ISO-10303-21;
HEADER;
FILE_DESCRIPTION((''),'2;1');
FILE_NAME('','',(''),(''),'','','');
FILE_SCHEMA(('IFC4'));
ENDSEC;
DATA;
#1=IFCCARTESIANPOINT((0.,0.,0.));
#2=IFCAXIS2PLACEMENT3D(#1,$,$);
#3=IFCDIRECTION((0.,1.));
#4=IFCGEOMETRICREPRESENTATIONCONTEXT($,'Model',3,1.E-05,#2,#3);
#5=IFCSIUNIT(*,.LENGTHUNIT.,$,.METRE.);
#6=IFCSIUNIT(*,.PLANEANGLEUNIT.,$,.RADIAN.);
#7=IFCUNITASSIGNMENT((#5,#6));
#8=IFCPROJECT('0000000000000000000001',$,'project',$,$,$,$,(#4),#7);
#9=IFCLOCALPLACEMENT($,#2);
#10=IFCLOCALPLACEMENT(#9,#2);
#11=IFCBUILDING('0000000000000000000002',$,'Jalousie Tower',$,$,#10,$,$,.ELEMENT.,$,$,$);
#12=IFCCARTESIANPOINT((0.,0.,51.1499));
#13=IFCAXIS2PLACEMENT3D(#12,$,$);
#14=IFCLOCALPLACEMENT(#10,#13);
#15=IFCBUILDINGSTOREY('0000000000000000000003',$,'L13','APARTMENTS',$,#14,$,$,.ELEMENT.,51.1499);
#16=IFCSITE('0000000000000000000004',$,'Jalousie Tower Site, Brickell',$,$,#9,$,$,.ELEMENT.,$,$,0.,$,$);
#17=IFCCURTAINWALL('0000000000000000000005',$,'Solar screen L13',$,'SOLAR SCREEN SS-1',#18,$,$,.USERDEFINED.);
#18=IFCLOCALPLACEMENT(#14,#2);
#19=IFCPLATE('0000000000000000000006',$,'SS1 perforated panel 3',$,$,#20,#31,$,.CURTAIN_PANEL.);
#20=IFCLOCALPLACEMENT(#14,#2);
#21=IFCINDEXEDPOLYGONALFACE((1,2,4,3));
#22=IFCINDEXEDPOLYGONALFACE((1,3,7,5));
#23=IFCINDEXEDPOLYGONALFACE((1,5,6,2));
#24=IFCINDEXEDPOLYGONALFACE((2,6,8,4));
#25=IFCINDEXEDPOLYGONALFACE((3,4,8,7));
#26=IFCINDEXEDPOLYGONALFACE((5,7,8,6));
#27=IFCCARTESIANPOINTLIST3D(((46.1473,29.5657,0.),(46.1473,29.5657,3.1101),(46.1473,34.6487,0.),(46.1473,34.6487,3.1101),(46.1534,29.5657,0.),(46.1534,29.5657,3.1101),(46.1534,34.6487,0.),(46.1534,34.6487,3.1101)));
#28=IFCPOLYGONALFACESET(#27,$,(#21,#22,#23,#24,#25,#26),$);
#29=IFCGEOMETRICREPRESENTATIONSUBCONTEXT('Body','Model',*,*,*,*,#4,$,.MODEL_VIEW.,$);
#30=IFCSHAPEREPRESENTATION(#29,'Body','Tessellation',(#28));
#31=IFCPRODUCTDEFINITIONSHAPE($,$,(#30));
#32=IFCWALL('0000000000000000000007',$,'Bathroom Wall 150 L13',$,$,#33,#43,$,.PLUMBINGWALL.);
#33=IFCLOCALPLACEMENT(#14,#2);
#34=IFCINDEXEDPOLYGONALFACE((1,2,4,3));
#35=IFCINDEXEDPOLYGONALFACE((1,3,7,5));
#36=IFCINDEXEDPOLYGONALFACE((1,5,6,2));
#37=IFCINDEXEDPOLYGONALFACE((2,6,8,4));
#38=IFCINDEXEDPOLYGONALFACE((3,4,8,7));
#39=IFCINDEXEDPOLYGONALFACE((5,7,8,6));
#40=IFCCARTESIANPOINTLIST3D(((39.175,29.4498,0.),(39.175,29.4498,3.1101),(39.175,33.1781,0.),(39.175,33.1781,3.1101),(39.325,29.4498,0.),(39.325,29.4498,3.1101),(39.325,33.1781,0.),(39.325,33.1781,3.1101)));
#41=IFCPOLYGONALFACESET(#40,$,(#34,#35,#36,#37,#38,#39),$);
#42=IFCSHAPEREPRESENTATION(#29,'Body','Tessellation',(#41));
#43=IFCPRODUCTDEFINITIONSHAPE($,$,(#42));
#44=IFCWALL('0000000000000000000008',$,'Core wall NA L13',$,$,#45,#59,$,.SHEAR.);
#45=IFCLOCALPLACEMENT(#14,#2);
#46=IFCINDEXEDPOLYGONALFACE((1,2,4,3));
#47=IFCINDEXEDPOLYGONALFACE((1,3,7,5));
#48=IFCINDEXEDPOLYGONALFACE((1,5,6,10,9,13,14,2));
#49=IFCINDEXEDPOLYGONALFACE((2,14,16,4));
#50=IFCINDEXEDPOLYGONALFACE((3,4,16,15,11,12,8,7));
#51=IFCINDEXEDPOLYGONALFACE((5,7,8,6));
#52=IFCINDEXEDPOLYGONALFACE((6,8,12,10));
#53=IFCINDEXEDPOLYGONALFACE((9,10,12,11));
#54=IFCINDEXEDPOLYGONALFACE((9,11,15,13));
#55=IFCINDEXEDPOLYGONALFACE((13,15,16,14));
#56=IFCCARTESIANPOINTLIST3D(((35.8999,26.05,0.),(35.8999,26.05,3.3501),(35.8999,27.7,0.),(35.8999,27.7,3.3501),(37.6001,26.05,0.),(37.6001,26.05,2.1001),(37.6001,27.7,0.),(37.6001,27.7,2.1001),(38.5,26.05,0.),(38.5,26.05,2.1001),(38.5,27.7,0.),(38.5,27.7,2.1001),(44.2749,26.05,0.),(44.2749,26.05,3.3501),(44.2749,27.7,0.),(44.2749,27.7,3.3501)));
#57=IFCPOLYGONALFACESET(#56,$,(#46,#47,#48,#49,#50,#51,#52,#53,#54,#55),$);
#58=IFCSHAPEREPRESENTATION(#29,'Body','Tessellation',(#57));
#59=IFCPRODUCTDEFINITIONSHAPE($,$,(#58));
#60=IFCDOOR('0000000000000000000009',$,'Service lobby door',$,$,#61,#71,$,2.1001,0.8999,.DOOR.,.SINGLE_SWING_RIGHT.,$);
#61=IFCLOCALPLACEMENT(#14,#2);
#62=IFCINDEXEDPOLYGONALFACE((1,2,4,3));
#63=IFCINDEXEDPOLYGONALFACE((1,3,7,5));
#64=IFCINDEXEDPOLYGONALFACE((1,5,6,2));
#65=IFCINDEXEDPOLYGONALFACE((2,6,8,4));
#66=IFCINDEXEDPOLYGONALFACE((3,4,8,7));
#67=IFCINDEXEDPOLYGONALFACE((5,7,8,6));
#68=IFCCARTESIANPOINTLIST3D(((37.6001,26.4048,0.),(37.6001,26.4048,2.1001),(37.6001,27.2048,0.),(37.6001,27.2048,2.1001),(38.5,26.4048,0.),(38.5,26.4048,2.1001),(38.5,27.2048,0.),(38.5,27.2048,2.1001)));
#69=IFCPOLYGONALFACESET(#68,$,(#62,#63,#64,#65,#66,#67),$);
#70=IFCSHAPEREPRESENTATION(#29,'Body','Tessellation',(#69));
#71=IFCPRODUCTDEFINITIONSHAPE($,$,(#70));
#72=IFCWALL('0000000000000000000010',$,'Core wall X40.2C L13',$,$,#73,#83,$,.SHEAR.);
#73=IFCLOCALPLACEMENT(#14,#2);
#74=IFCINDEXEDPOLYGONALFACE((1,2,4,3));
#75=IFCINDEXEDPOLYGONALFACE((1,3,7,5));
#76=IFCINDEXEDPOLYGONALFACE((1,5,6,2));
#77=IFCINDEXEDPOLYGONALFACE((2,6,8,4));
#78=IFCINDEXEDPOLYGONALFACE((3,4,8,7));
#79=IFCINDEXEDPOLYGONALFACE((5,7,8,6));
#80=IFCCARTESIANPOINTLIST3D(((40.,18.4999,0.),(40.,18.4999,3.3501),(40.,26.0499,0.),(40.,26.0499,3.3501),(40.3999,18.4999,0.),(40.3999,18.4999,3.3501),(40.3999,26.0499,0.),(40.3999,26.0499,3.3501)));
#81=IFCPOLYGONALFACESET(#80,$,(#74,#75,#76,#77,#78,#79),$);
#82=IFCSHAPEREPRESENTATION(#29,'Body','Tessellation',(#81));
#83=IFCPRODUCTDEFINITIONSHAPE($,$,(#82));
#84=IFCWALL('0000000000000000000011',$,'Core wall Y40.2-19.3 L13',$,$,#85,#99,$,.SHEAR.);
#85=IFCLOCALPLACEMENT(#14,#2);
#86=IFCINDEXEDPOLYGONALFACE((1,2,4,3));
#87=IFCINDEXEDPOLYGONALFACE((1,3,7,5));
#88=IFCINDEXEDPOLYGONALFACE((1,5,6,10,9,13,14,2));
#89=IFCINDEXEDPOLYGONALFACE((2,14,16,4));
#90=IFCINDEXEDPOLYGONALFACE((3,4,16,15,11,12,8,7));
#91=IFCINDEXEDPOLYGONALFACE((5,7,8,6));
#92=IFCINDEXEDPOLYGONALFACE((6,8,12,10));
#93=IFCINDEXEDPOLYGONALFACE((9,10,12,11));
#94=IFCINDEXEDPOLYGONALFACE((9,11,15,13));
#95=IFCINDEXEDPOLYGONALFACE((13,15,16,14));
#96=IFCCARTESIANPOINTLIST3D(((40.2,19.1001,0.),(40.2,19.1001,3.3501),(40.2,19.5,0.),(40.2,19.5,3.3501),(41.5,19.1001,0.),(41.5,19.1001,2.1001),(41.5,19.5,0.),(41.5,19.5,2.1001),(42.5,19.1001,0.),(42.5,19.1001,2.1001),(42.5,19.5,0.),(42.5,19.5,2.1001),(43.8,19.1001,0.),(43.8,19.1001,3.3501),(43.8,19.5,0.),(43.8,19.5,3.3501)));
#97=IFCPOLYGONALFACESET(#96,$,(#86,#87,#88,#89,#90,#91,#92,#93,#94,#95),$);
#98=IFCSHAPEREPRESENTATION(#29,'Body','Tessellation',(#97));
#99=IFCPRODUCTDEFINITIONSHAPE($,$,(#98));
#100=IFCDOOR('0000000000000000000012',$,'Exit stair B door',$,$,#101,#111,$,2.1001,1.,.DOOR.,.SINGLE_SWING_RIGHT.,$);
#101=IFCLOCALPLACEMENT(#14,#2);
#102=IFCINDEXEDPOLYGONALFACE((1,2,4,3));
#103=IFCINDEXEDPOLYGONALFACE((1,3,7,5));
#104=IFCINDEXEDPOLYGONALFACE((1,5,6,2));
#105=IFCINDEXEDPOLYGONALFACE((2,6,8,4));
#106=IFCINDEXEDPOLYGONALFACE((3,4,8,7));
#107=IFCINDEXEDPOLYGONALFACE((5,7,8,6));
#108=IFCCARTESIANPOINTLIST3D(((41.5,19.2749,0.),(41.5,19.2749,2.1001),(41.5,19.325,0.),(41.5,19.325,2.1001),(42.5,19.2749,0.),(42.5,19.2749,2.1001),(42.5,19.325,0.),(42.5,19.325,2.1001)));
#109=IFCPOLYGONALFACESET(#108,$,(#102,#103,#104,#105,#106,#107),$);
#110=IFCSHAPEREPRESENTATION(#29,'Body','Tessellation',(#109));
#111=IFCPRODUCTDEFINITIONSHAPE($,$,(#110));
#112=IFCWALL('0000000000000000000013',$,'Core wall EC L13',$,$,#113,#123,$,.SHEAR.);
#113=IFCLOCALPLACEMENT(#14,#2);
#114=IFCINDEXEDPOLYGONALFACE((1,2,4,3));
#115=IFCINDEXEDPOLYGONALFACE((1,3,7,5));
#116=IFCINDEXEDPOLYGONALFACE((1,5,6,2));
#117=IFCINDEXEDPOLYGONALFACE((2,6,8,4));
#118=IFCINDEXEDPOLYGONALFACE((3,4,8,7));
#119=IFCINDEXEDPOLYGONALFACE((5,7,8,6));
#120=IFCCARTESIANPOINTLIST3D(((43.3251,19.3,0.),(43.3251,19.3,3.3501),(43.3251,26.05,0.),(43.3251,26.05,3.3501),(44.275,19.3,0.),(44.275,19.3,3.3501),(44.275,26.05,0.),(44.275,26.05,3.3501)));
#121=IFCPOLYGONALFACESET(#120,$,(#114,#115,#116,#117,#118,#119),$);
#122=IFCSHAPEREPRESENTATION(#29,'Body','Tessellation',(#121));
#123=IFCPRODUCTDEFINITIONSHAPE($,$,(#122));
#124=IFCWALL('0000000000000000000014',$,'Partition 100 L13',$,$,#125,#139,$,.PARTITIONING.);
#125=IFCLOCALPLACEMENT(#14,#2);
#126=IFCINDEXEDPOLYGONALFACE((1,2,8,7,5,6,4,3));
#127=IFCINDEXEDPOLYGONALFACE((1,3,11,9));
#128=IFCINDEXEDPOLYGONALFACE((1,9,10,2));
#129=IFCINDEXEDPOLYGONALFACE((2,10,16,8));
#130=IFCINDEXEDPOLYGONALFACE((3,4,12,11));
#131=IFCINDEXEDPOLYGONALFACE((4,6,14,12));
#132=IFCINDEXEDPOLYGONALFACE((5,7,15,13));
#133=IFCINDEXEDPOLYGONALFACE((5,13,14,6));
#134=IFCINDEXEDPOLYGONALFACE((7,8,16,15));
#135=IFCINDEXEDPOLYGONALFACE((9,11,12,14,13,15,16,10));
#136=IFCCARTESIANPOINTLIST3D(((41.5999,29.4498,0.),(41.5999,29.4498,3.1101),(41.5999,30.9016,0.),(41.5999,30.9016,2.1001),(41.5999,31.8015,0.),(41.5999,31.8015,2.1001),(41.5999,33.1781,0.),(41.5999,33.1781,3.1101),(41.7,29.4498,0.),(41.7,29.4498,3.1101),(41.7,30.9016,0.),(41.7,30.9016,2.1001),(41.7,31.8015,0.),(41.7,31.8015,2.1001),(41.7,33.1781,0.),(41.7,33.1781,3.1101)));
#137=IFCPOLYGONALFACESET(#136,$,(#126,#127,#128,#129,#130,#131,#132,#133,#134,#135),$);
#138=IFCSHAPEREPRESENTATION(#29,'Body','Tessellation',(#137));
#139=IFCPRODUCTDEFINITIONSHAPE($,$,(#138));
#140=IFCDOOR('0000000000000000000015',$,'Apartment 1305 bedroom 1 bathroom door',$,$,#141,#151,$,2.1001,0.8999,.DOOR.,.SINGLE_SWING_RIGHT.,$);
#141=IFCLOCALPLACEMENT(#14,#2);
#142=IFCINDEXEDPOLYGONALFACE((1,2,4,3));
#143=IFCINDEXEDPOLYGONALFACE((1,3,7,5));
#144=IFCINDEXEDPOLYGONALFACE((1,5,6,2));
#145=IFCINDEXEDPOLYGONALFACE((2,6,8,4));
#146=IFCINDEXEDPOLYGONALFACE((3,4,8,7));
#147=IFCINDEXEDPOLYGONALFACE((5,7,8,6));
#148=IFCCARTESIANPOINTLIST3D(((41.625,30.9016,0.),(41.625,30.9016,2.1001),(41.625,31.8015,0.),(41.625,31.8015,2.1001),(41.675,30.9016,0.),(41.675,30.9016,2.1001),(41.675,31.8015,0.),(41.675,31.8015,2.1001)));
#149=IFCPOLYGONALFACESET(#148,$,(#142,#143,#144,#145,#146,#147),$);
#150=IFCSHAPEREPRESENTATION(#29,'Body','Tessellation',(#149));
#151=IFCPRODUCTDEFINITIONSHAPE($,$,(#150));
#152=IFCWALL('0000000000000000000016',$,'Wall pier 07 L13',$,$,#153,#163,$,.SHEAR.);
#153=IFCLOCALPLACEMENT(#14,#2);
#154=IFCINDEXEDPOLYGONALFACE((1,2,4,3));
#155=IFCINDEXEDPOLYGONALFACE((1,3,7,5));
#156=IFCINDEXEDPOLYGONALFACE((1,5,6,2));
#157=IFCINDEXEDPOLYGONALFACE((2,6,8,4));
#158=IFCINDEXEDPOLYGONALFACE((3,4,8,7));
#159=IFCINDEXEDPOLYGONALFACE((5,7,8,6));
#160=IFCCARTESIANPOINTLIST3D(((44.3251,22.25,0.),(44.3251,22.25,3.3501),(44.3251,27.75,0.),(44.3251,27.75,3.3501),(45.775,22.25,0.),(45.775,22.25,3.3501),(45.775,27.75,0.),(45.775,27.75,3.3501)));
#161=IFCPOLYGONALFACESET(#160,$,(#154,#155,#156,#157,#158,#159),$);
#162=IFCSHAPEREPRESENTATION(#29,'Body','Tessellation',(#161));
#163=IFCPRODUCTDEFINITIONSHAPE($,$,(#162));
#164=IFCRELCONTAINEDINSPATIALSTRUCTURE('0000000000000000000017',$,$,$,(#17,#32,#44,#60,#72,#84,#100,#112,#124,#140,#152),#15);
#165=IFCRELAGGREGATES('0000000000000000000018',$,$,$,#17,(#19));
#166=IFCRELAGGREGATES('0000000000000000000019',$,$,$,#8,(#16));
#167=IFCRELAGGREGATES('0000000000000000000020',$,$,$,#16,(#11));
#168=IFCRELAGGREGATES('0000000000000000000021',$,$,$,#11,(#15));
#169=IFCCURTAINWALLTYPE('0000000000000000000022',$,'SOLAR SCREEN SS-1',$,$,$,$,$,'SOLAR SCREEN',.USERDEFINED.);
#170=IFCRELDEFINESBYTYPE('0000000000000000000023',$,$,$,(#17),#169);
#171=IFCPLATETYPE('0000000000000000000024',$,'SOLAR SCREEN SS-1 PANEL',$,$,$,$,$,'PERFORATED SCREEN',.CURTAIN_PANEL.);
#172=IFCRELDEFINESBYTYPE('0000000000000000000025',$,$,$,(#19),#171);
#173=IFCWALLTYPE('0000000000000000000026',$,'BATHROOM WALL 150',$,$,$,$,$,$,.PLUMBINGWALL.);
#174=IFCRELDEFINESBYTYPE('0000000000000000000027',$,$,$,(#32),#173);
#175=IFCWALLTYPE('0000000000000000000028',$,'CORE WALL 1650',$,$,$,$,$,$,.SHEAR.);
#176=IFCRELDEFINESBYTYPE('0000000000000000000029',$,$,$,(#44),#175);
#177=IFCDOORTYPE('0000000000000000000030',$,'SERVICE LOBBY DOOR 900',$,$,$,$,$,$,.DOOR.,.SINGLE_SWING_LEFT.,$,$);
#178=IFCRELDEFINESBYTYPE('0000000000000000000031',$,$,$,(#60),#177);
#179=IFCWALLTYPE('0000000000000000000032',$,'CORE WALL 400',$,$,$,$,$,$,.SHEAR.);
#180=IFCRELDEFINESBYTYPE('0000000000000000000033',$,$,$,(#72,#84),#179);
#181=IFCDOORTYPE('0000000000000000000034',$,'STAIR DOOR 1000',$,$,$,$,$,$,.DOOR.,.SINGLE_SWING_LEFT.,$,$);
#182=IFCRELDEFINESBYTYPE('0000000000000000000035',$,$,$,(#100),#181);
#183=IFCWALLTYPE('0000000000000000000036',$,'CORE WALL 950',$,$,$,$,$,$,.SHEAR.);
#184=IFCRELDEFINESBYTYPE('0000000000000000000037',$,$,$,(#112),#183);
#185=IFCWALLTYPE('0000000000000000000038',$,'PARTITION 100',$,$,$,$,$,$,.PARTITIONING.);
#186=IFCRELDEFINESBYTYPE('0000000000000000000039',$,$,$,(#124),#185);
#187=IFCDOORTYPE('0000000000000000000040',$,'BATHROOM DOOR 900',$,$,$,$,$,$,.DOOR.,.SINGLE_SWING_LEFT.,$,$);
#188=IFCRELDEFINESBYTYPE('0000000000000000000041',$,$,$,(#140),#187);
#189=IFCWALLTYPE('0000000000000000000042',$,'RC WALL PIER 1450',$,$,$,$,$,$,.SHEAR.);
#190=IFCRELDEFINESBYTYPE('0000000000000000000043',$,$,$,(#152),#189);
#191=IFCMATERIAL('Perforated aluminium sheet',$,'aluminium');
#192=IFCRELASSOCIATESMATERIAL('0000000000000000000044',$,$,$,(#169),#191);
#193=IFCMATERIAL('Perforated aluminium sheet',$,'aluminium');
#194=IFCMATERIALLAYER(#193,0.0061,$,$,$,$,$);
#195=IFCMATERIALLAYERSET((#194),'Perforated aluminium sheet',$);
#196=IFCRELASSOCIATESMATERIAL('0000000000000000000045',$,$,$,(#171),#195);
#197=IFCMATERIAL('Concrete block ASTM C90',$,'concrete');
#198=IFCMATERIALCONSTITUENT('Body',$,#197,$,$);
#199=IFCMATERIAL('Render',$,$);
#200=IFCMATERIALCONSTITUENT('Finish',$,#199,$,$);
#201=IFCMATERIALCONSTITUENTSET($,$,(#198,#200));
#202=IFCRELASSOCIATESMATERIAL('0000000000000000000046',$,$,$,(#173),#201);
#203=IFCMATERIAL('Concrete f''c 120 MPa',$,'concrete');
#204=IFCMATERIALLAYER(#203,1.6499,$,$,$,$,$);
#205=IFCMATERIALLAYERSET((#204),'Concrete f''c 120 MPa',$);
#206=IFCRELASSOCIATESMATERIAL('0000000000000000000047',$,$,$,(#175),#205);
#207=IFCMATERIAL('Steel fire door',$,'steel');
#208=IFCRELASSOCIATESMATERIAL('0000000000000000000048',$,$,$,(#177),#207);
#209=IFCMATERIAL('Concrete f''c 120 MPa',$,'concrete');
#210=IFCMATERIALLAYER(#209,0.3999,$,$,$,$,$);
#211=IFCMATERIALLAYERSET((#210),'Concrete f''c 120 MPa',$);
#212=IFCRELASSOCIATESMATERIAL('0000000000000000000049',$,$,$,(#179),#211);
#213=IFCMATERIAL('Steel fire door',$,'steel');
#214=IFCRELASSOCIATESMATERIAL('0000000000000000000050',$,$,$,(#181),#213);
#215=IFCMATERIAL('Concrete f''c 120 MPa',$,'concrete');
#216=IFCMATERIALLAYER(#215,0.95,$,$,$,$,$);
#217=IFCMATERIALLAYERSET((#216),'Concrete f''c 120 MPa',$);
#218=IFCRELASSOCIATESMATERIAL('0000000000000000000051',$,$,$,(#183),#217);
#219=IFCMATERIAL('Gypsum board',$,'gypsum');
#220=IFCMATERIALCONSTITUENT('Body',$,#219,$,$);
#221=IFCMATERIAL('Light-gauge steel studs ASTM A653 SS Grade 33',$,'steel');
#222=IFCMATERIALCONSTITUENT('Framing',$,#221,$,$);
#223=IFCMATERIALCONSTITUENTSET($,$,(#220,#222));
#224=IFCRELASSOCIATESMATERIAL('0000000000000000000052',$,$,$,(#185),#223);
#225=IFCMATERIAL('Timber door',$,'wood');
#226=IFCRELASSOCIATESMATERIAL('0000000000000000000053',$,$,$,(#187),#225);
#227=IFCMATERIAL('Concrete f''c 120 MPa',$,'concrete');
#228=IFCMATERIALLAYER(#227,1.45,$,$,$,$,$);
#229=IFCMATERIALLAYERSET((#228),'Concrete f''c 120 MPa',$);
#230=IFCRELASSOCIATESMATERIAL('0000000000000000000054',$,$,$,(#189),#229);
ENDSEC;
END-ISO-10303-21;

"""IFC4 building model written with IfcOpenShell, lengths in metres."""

from ifc_helpers import new_model, si_unit, direction, frame, frame_2d, origin, origin_2d, place, context, subcontext, project, spatial, rectangle, extrude, material, layer, layer_set, constituent, constituent_set, type_object, element, fill, aggregate, save


model = new_model("IFC4")

# Units and contexts
model_context = context("Model", 3, precision=1e-05, world=origin(), true_north=direction((0.0, 1.0)))
body_context = subcontext(model_context, "Body", "Model", "MODEL_VIEW")
ifc_project = project(units=[si_unit("LENGTHUNIT", "METRE"), si_unit("PLANEANGLEUNIT", "RADIAN")], contexts=[model_context])

# Site, building, storey
site_placement = place(None, origin())
site = spatial("IfcSite", under=ifc_project, at=site_placement, Name="Jalousie Tower Site, Brickell", CompositionType="ELEMENT", RefElevation=0.0)
building_placement = place(site_placement, origin())
building = spatial("IfcBuilding", under=site, at=building_placement, Name="Jalousie Tower", CompositionType="ELEMENT")
storey_placement = place(building_placement, frame((0.0, 0.0, 51.1499)))
storey = spatial("IfcBuildingStorey", under=building, at=storey_placement, Name="L13", Description="APARTMENTS", CompositionType="ELEMENT", Elevation=51.1499)

# Curtain wall, plate
ifc_material_1 = material(Name="Perforated aluminium sheet", Category="aluminium")
curtain_wall_type = type_object("IfcCurtainWallType", Name="SOLAR SCREEN SS-1", ElementType="SOLAR SCREEN", PredefinedType="USERDEFINED", material=ifc_material_1)
curtain_wall_placement = place(storey_placement, origin())
curtain_wall = element("IfcCurtainWall", 1, at=curtain_wall_placement, inside=storey, type_object=curtain_wall_type, Name="Solar screen L13", ObjectType="SOLAR SCREEN SS-1", PredefinedType="USERDEFINED")
ifc_material_2 = material(Name="Perforated aluminium sheet", Category="aluminium")
ifc_layer_1 = layer(ifc_material_2, 0.0061)
ifc_layer_set_1 = layer_set([ifc_layer_1], Name="Perforated aluminium sheet")
plate_type = type_object("IfcPlateType", Name="SOLAR SCREEN SS-1 PANEL", ElementType="PERFORATED SCREEN", PredefinedType="CURTAIN_PANEL", material=ifc_layer_set_1)
plate_1_placement = place(storey_placement, frame((46.1504, 32.1072, 0.0), z_axis=(0.0, 0.0, 1.0), x_axis=(0.0, 1.0, 0.0)))
plate_1 = element("IfcPlate", 2, at=plate_1_placement, type_object=plate_type, Name="SS1 perforated panel 3", PredefinedType="CURTAIN_PANEL", context=body_context, shape_type="SweptSolid", body=[
    extrude(rectangle(XDim=5.083, YDim=0.0061, at=origin_2d()), origin(), (0.0, 0.0, 1.0), 3.1101),
])
aggregate(curtain_wall, [plate_1])

# Wall
ifc_material_3 = material(Name="Concrete block ASTM C90", Category="concrete")
ifc_constituent_1 = constituent(ifc_material_3, Name="Body")
ifc_material_4 = material(Name="Render")
ifc_constituent_2 = constituent(ifc_material_4, Name="Finish")
ifc_constituent_set_1 = constituent_set(constituents=[ifc_constituent_1, ifc_constituent_2])
wall_type_1 = type_object("IfcWallType", Name="BATHROOM WALL 150", PredefinedType="PLUMBINGWALL", material=ifc_constituent_set_1)
wall_1_placement = place(storey_placement, frame((39.25, 33.1782, 0.0), z_axis=(0.0, 0.0, 1.0), x_axis=(0.0, -1.0, 0.0)))
element("IfcWall", 3, at=wall_1_placement, inside=storey, type_object=wall_type_1, Name="Bathroom Wall 150 L13", PredefinedType="PLUMBINGWALL", context=body_context, shape_type="SweptSolid", body=[
    extrude(rectangle(XDim=3.7283, YDim=0.1499, at=frame_2d((1.8643, 0.0))), origin(), (0.0, 0.0, 1.0), 3.1101),
])

# Wall, opening, door
ifc_material_5 = material(Name="Concrete f'c 120 MPa", Category="concrete")
ifc_layer_2 = layer(ifc_material_5, 1.6499)
ifc_layer_set_2 = layer_set([ifc_layer_2], Name="Concrete f'c 120 MPa")
wall_type_2 = type_object("IfcWallType", Name="CORE WALL 1650", PredefinedType="SHEAR", material=ifc_layer_set_2)
wall_2_placement = place(storey_placement, frame((44.2749, 26.875, 0.0), z_axis=(0.0, 0.0, 1.0), x_axis=(-1.0, 0.0, 0.0)))
wall_2 = element("IfcWall", 4, at=wall_2_placement, inside=storey, type_object=wall_type_2, Name="Core wall NA L13", PredefinedType="SHEAR", context=body_context, shape_type="SweptSolid", body=[
    extrude(rectangle(XDim=8.375, YDim=1.6499, at=frame_2d((4.1875, 0.0))), origin(), (0.0, 0.0, 1.0), 3.3501),
])
opening_1_placement = place(wall_2_placement, frame((5.7749, 0.0, 0.0)))
opening_1 = element("IfcOpeningElement", 5, at=opening_1_placement, cuts=wall_2, PredefinedType="OPENING", context=body_context, shape_type="SweptSolid", body=[
    extrude(rectangle(XDim=0.8999, YDim=2.1001, at=frame_2d((0.45, 1.05))), frame((0.0, 0.835, 0.0), z_axis=(0.0, -1.0, 0.0), x_axis=(1.0, 0.0, 0.0)), (0.0, 0.0, 1.0), 1.6699),
])
ifc_material_6 = material(Name="Steel fire door", Category="steel")
door_type_1 = type_object("IfcDoorType", Name="SERVICE LOBBY DOOR 900", OperationType="SINGLE_SWING_LEFT", PredefinedType="DOOR", material=ifc_material_6)
door_1_placement = place(opening_1_placement, origin())
door_1 = element("IfcDoor", 6, at=door_1_placement, inside=storey, type_object=door_type_1, Name="Service lobby door", OperationType="SINGLE_SWING_RIGHT", OverallHeight=2.1001, OverallWidth=0.8999, PredefinedType="DOOR", context=body_context, shape_type="SweptSolid", body=[
    extrude(rectangle(XDim=0.8999, YDim=2.1001, at=frame_2d((0.45, 1.05))), frame((0.0, 0.4702, 0.0), z_axis=(0.0, -1.0, 0.0), x_axis=(1.0, 0.0, 0.0)), (0.0, 0.0, 1.0), 0.8),
])
fill(opening_1, door_1)

# Wall
ifc_material_7 = material(Name="Concrete f'c 120 MPa", Category="concrete")
ifc_layer_3 = layer(ifc_material_7, 0.3999)
ifc_layer_set_3 = layer_set([ifc_layer_3], Name="Concrete f'c 120 MPa")
wall_type_3 = type_object("IfcWallType", Name="CORE WALL 400", PredefinedType="SHEAR", material=ifc_layer_set_3)
wall_3_placement = place(storey_placement, frame((40.2, 18.5, 0.0), z_axis=(0.0, 0.0, 1.0), x_axis=(0.0, 1.0, 0.0)))
element("IfcWall", 7, at=wall_3_placement, inside=storey, type_object=wall_type_3, Name="Core wall X40.2C L13", PredefinedType="SHEAR", context=body_context, shape_type="SweptSolid", body=[
    extrude(rectangle(XDim=7.55, YDim=0.3999, at=frame_2d((3.7749, 0.0))), origin(), (0.0, 0.0, 1.0), 3.3501),
])

# Wall, opening, door
wall_4_placement = place(storey_placement, frame((40.2, 19.3, 0.0), z_axis=(0.0, 0.0, 1.0), x_axis=(1.0, 0.0, 0.0)))
wall_4 = element("IfcWall", 8, at=wall_4_placement, inside=storey, type_object=wall_type_3, Name="Core wall Y40.2-19.3 L13", PredefinedType="SHEAR", context=body_context, shape_type="SweptSolid", body=[
    extrude(rectangle(XDim=3.6001, YDim=0.3999, at=frame_2d((1.8, 0.0))), origin(), (0.0, 0.0, 1.0), 3.3501),
])
opening_2_placement = place(wall_4_placement, frame((1.3, 0.0, 0.0)))
opening_2 = element("IfcOpeningElement", 9, at=opening_2_placement, cuts=wall_4, PredefinedType="OPENING", context=body_context, shape_type="SweptSolid", body=[
    extrude(rectangle(XDim=1.0, YDim=2.1001, at=frame_2d((0.5, 1.05))), frame((0.0, 0.21, 0.0), z_axis=(0.0, -1.0, 0.0), x_axis=(1.0, 0.0, 0.0)), (0.0, 0.0, 1.0), 0.4199),
])
ifc_material_8 = material(Name="Steel fire door", Category="steel")
door_type_2 = type_object("IfcDoorType", Name="STAIR DOOR 1000", OperationType="SINGLE_SWING_LEFT", PredefinedType="DOOR", material=ifc_material_8)
door_2_placement = place(opening_2_placement, origin())
door_2 = element("IfcDoor", 10, at=door_2_placement, inside=storey, type_object=door_type_2, Name="Exit stair B door", OperationType="SINGLE_SWING_RIGHT", OverallHeight=2.1001, OverallWidth=1.0, PredefinedType="DOOR", context=body_context, shape_type="SweptSolid", body=[
    extrude(rectangle(XDim=1.0, YDim=2.1001, at=frame_2d((0.5, 1.05))), frame((0.0, 0.0249, 0.0), z_axis=(0.0, -1.0, 0.0), x_axis=(1.0, 0.0, 0.0)), (0.0, 0.0, 1.0), 0.05),
])
fill(opening_2, door_2)

# Wall
ifc_material_9 = material(Name="Concrete f'c 120 MPa", Category="concrete")
ifc_layer_4 = layer(ifc_material_9, 0.95)
ifc_layer_set_4 = layer_set([ifc_layer_4], Name="Concrete f'c 120 MPa")
wall_type_4 = type_object("IfcWallType", Name="CORE WALL 950", PredefinedType="SHEAR", material=ifc_layer_set_4)
wall_5_placement = place(storey_placement, frame((43.8, 19.3, 0.0), z_axis=(0.0, 0.0, 1.0), x_axis=(0.0, 1.0, 0.0)))
element("IfcWall", 11, at=wall_5_placement, inside=storey, type_object=wall_type_4, Name="Core wall EC L13", PredefinedType="SHEAR", context=body_context, shape_type="SweptSolid", body=[
    extrude(rectangle(XDim=6.75, YDim=0.95, at=frame_2d((3.375, 0.0))), origin(), (0.0, 0.0, 1.0), 3.3501),
])

# Wall, opening, door
ifc_material_10 = material(Name="Gypsum board", Category="gypsum")
ifc_constituent_3 = constituent(ifc_material_10, Name="Body")
ifc_material_11 = material(Name="Light-gauge steel studs ASTM A653 SS Grade 33", Category="steel")
ifc_constituent_4 = constituent(ifc_material_11, Name="Framing")
ifc_constituent_set_2 = constituent_set(constituents=[ifc_constituent_3, ifc_constituent_4])
wall_type_5 = type_object("IfcWallType", Name="PARTITION 100", PredefinedType="PARTITIONING", material=ifc_constituent_set_2)
wall_6_placement = place(storey_placement, frame((41.6499, 33.1782, 0.0), z_axis=(0.0, 0.0, 1.0), x_axis=(0.0, -1.0, 0.0)))
wall_6 = element("IfcWall", 12, at=wall_6_placement, inside=storey, type_object=wall_type_5, Name="Partition 100 L13", PredefinedType="PARTITIONING", context=body_context, shape_type="SweptSolid", body=[
    extrude(rectangle(XDim=3.7283, YDim=0.1001, at=frame_2d((1.8643, 0.0))), origin(), (0.0, 0.0, 1.0), 3.1101),
])
opening_3_placement = place(wall_6_placement, frame((1.3767, 0.0, 0.0)))
opening_3 = element("IfcOpeningElement", 13, at=opening_3_placement, cuts=wall_6, PredefinedType="OPENING", context=body_context, shape_type="SweptSolid", body=[
    extrude(rectangle(XDim=0.8999, YDim=2.1001, at=frame_2d((0.45, 1.05))), frame((0.0, 0.0601, 0.0), z_axis=(0.0, -1.0, 0.0), x_axis=(1.0, 0.0, 0.0)), (0.0, 0.0, 1.0), 0.1201),
])
ifc_material_12 = material(Name="Timber door", Category="wood")
door_type_3 = type_object("IfcDoorType", Name="BATHROOM DOOR 900", OperationType="SINGLE_SWING_LEFT", PredefinedType="DOOR", material=ifc_material_12)
door_3_placement = place(opening_3_placement, frame((0.8999, 0.0, 0.0), z_axis=(0.0, 0.0, 1.0), x_axis=(-1.0, 0.0, 0.0)))
door_3 = element("IfcDoor", 14, at=door_3_placement, inside=storey, type_object=door_type_3, Name="Apartment 1305 bedroom 1 bathroom door", OperationType="SINGLE_SWING_RIGHT", OverallHeight=2.1001, OverallWidth=0.8999, PredefinedType="DOOR", context=body_context, shape_type="SweptSolid", body=[
    extrude(rectangle(XDim=0.8999, YDim=2.1001, at=frame_2d((0.45, 1.05))), frame((0.0, 0.0249, 0.0), z_axis=(0.0, -1.0, 0.0), x_axis=(1.0, 0.0, 0.0)), (0.0, 0.0, 1.0), 0.05),
])
fill(opening_3, door_3)

# Wall
ifc_material_13 = material(Name="Concrete f'c 120 MPa", Category="concrete")
ifc_layer_5 = layer(ifc_material_13, 1.45)
ifc_layer_set_5 = layer_set([ifc_layer_5], Name="Concrete f'c 120 MPa")
wall_type_6 = type_object("IfcWallType", Name="RC WALL PIER 1450", PredefinedType="SHEAR", material=ifc_layer_set_5)
wall_7_placement = place(storey_placement, frame((45.05, 22.25, 0.0), z_axis=(0.0, 0.0, 1.0), x_axis=(0.0, 1.0, 0.0)))
element("IfcWall", 15, at=wall_7_placement, inside=storey, type_object=wall_type_6, Name="Wall pier 07 L13", PredefinedType="SHEAR", context=body_context, shape_type="SweptSolid", body=[
    extrude(rectangle(XDim=5.5, YDim=1.45, at=frame_2d((2.75, 0.0))), origin(), (0.0, 0.0, 1.0), 3.3501),
])

save(model, "model.ifc")
